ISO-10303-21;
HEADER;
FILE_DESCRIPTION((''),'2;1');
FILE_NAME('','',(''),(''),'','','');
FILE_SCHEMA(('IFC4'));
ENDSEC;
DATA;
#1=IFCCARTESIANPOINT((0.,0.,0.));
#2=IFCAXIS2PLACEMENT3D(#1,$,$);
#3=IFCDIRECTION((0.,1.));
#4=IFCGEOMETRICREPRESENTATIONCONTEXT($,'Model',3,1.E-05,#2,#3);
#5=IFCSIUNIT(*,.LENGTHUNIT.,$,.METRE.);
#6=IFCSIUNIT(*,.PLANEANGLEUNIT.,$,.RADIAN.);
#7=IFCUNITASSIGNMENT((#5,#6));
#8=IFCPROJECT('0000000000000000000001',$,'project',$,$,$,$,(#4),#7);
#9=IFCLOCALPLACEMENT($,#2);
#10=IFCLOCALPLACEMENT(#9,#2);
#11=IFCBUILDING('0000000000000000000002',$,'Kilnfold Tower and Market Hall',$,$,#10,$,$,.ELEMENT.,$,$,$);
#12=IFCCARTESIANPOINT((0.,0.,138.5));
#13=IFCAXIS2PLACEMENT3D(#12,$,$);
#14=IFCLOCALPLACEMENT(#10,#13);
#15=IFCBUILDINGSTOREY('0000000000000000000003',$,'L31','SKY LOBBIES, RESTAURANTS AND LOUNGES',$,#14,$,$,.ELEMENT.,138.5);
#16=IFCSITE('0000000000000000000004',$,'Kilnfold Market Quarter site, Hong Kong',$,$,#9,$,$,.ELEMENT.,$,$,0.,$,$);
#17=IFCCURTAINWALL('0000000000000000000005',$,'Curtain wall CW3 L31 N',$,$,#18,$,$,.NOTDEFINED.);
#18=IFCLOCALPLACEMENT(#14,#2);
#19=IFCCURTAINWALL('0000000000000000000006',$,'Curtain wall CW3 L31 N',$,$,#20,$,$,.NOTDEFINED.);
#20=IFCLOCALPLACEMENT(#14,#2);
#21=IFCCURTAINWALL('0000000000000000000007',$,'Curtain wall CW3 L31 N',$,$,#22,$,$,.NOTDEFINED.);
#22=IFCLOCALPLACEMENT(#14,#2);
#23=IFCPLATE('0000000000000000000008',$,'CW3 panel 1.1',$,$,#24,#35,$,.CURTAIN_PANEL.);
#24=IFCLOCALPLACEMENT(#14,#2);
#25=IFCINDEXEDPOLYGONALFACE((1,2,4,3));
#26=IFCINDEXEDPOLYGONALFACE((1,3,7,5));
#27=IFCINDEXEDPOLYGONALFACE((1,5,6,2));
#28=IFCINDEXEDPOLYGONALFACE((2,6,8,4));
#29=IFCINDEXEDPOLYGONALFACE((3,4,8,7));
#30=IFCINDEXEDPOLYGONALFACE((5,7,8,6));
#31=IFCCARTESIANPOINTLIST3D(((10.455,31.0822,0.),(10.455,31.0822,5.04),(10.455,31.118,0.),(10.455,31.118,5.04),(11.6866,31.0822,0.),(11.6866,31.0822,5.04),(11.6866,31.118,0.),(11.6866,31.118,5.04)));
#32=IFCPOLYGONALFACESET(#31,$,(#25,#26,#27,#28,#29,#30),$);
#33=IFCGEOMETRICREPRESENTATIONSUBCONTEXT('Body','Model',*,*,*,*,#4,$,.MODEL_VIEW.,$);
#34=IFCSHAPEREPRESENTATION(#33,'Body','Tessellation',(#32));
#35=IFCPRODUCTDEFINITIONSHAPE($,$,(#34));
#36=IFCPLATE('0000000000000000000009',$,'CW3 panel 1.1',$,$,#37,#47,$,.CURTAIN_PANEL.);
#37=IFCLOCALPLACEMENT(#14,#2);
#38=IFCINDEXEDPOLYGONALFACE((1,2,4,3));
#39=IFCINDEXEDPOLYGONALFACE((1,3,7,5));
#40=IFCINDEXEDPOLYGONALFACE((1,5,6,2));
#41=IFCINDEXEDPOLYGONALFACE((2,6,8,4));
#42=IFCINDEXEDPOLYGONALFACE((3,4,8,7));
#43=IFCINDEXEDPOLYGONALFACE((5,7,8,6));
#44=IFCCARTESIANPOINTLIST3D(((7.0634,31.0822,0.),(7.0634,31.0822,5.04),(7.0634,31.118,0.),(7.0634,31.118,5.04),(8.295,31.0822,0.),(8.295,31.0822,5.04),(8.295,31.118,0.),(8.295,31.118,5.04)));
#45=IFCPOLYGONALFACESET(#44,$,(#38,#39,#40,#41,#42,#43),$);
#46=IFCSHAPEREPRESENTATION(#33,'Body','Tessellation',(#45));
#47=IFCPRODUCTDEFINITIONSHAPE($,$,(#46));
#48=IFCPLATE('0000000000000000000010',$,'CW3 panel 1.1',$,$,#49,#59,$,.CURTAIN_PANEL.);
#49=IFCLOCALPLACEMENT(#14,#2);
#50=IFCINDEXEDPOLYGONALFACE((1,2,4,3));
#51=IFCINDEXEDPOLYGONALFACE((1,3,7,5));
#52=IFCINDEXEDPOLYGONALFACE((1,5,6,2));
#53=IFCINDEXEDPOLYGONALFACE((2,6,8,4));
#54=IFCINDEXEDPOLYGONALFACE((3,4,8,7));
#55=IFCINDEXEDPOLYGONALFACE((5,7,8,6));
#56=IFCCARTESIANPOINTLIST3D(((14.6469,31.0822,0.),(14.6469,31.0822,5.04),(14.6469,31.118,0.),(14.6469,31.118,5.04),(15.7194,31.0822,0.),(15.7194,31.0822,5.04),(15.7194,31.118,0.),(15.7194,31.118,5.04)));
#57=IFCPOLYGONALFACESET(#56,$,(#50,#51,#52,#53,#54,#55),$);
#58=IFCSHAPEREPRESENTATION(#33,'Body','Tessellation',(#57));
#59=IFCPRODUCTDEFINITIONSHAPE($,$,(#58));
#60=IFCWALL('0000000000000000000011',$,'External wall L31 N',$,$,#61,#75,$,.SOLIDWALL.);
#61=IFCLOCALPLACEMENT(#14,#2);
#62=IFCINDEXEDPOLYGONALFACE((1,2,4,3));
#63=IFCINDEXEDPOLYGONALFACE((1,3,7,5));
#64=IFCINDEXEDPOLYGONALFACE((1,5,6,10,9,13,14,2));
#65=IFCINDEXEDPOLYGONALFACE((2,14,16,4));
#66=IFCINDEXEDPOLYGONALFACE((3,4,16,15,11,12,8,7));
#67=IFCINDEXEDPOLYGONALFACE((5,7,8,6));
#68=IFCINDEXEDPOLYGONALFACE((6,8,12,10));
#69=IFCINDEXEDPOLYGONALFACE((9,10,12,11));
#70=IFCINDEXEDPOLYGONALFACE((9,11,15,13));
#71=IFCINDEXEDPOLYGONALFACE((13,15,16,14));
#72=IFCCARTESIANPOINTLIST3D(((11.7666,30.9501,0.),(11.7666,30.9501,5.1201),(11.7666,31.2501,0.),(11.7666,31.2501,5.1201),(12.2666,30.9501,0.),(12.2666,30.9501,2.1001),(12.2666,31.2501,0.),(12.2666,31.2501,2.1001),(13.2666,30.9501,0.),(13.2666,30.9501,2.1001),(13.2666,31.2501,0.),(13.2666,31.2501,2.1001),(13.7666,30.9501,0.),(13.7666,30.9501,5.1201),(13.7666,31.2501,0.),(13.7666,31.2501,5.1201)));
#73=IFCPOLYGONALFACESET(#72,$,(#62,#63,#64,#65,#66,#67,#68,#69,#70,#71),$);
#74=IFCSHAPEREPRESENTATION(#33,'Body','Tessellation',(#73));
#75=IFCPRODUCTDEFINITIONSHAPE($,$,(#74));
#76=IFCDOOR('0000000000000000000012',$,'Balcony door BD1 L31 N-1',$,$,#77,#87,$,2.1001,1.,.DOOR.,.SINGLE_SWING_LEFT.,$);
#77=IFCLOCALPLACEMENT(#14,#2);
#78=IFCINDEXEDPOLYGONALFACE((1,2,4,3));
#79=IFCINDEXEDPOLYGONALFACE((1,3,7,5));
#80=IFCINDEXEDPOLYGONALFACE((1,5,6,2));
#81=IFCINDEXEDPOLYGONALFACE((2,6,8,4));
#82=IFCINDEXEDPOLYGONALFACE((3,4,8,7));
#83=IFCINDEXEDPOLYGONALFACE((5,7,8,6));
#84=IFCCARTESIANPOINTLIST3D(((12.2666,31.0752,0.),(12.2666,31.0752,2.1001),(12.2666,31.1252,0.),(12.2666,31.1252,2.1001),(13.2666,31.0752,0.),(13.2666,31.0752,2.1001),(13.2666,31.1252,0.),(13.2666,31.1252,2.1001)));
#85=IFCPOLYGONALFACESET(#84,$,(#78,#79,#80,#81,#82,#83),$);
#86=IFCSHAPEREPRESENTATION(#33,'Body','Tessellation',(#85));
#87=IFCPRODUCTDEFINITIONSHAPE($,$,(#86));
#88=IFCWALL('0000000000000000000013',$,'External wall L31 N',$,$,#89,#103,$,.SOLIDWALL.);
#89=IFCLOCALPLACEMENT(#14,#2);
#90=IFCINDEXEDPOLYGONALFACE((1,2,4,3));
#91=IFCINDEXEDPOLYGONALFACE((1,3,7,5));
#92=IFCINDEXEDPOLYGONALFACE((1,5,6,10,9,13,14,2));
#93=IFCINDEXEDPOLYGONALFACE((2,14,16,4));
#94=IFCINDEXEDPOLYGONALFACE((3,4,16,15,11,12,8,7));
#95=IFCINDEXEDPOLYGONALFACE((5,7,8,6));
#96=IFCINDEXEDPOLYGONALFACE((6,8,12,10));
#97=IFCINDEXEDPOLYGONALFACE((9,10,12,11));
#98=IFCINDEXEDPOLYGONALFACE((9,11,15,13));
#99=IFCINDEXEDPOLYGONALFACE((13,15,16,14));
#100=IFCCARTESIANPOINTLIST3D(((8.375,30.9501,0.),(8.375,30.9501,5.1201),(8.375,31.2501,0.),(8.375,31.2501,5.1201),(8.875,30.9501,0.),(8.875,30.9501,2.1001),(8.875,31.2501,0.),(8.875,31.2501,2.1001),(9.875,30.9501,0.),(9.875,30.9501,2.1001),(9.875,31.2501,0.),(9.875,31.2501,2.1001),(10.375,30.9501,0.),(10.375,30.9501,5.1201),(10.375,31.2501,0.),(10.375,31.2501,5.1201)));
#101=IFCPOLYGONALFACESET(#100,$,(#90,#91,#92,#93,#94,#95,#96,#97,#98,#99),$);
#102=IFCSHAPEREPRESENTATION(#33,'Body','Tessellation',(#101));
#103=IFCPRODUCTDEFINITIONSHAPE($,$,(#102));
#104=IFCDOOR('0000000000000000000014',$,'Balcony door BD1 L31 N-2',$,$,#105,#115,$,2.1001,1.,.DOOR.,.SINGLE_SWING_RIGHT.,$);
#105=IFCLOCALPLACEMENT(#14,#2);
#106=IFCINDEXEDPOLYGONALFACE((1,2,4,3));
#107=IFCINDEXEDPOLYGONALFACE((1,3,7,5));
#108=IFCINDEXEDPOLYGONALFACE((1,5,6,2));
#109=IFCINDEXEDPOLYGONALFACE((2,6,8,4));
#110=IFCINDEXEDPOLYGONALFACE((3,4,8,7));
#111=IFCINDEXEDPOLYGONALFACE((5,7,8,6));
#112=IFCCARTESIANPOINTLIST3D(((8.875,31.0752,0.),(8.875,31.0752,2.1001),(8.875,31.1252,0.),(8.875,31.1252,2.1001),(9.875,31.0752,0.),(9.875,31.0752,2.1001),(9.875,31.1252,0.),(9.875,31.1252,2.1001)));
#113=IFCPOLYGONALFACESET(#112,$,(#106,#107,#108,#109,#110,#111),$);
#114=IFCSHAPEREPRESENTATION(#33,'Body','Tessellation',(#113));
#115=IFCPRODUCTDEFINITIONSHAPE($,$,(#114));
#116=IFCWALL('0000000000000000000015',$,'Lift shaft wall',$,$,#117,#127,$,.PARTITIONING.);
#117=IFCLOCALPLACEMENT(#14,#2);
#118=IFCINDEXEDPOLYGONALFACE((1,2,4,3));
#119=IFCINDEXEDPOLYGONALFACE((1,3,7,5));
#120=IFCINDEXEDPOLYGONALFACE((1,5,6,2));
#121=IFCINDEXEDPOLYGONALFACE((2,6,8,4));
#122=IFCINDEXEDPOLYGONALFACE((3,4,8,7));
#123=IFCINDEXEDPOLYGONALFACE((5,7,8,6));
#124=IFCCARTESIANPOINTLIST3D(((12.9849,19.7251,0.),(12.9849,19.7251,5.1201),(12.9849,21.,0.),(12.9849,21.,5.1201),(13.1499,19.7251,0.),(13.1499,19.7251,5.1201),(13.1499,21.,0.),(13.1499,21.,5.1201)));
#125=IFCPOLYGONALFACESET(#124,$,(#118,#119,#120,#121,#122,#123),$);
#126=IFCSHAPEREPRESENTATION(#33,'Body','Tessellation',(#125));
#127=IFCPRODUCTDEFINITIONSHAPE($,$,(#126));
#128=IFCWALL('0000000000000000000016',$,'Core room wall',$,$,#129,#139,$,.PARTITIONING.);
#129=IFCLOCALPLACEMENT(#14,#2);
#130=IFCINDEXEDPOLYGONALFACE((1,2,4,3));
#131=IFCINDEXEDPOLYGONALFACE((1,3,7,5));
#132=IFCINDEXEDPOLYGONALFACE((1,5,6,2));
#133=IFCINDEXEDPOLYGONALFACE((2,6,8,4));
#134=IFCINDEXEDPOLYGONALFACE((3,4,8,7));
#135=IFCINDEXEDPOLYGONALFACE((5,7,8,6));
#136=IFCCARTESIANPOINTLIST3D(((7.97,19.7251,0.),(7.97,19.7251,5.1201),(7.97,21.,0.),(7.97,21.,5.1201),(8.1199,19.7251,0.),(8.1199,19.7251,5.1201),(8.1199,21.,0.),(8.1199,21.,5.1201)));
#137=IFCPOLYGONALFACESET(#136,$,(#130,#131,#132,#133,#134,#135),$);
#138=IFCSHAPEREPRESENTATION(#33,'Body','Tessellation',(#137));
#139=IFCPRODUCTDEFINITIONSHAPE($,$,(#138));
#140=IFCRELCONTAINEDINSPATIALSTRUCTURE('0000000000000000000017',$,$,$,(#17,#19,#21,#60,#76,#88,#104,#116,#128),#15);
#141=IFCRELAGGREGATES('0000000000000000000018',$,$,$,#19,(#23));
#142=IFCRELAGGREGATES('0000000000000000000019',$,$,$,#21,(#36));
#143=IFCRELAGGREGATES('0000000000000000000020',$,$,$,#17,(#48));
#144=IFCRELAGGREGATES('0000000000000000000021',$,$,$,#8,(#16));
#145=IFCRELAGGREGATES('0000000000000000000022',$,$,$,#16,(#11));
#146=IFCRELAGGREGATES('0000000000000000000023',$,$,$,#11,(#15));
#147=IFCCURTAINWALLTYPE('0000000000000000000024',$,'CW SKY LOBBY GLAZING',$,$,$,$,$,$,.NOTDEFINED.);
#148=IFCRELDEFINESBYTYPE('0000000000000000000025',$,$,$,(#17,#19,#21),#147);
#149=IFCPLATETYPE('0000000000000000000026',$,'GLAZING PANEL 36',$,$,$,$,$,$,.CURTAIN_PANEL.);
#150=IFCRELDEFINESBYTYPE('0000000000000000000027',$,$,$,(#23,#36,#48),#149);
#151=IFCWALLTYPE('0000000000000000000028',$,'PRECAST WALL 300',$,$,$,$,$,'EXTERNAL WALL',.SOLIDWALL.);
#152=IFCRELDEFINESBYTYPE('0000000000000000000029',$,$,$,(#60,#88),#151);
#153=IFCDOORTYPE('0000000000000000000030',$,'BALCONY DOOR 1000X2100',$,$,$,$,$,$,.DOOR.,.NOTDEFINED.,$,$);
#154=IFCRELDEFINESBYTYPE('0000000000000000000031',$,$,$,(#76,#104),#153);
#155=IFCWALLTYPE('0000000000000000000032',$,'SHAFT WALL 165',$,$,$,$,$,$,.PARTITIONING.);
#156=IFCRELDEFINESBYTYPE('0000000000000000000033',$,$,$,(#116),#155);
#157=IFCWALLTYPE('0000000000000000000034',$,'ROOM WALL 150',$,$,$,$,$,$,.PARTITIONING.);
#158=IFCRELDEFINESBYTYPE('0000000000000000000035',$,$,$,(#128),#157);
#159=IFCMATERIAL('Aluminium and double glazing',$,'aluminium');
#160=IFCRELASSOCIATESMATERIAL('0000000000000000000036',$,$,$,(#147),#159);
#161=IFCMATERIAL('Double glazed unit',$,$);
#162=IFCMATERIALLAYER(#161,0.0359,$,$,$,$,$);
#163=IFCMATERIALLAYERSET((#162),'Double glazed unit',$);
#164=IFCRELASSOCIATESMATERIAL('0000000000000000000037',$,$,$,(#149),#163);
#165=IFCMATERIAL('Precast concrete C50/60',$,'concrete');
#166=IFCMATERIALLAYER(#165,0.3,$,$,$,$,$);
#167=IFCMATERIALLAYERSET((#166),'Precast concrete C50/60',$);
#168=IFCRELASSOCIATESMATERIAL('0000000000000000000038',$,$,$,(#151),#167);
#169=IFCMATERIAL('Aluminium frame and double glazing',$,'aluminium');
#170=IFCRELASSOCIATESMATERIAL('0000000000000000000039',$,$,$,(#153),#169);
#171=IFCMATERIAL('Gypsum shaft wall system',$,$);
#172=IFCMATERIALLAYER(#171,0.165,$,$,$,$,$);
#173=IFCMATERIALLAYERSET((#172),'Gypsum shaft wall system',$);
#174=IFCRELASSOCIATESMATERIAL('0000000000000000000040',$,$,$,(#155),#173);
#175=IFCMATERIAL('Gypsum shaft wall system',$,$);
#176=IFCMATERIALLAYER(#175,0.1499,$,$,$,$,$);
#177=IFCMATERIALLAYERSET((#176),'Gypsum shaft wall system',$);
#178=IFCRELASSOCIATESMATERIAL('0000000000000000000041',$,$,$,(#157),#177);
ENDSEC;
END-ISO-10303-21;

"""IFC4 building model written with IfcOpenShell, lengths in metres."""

from ifc_helpers import new_model, si_unit, direction, frame, frame_2d, origin, origin_2d, place, context, subcontext, project, spatial, rectangle, extrude, source, transform, mapped, material, layer, layer_set, type_object, element, fill, aggregate, save


model = new_model("IFC4")

# Units and contexts
model_context = context("Model", 3, precision=1e-05, world=origin(), true_north=direction((0.0, 1.0)))
body_context = subcontext(model_context, "Body", "Model", "MODEL_VIEW")
ifc_project = project(units=[si_unit("LENGTHUNIT", "METRE"), si_unit("PLANEANGLEUNIT", "RADIAN")], contexts=[model_context])

# Site, building, storey
site_placement = place(None, origin())
site = spatial("IfcSite", under=ifc_project, at=site_placement, Name="Kilnfold Market Quarter site, Hong Kong", CompositionType="ELEMENT", RefElevation=0.0)
building_placement = place(site_placement, origin())
building = spatial("IfcBuilding", under=site, at=building_placement, Name="Kilnfold Tower and Market Hall", CompositionType="ELEMENT")
storey_placement = place(building_placement, frame((0.0, 0.0, 138.5)))
storey = spatial("IfcBuildingStorey", under=building, at=storey_placement, Name="L31", Description="SKY LOBBIES, RESTAURANTS AND LOUNGES", CompositionType="ELEMENT", Elevation=138.5)

# Curtain wall
ifc_material_1 = material(Name="Aluminium and double glazing", Category="aluminium")
curtain_wall_type = type_object("IfcCurtainWallType", Name="CW SKY LOBBY GLAZING", PredefinedType="NOTDEFINED", material=ifc_material_1)
curtain_wall_1_placement = place(storey_placement, origin())
curtain_wall_1 = element("IfcCurtainWall", 1, at=curtain_wall_1_placement, inside=storey, type_object=curtain_wall_type, Name="Curtain wall CW3 L31 N", PredefinedType="NOTDEFINED")

# Curtain wall
curtain_wall_2_placement = place(storey_placement, origin())
curtain_wall_2 = element("IfcCurtainWall", 2, at=curtain_wall_2_placement, inside=storey, type_object=curtain_wall_type, Name="Curtain wall CW3 L31 N", PredefinedType="NOTDEFINED")

# Curtain wall
curtain_wall_3_placement = place(storey_placement, origin())
curtain_wall_3 = element("IfcCurtainWall", 3, at=curtain_wall_3_placement, inside=storey, type_object=curtain_wall_type, Name="Curtain wall CW3 L31 N", PredefinedType="NOTDEFINED")

# Plates
ifc_material_2 = material(Name="Double glazed unit")
ifc_layer_1 = layer(ifc_material_2, 0.0359)
ifc_layer_set_1 = layer_set([ifc_layer_1], Name="Double glazed unit")
plate_type = type_object("IfcPlateType", Name="GLAZING PANEL 36", PredefinedType="CURTAIN_PANEL", material=ifc_layer_set_1)
shared_shape_1 = source(origin(), body_context, "Body", "SweptSolid", [
    extrude(rectangle(XDim=1.2317, YDim=0.0359, at=origin_2d()), origin(), (0.0, 0.0, 1.0), 5.04),
])
plate_1_placement = place(storey_placement, frame((11.0708, 31.1001, 0.0), z_axis=(0.0, 0.0, 1.0), x_axis=(-1.0, 0.0, 0.0)))
plate_1 = element("IfcPlate", 4, at=plate_1_placement, type_object=plate_type, Name="CW3 panel 1.1", PredefinedType="CURTAIN_PANEL", context=body_context, shape_type="MappedRepresentation", body=[
    mapped(shared_shape_1, transform((0.0, 0.0, 0.0))),
])
aggregate(curtain_wall_2, [plate_1])
plate_2_placement = place(storey_placement, frame((7.6792, 31.1001, 0.0), z_axis=(0.0, 0.0, 1.0), x_axis=(-1.0, 0.0, 0.0)))
plate_2 = element("IfcPlate", 5, at=plate_2_placement, type_object=plate_type, Name="CW3 panel 1.1", PredefinedType="CURTAIN_PANEL", context=body_context, shape_type="MappedRepresentation", body=[
    mapped(shared_shape_1, transform((0.0, 0.0, 0.0))),
])
aggregate(curtain_wall_3, [plate_2])
shared_shape_2 = source(origin(), body_context, "Body", "SweptSolid", [
    extrude(rectangle(XDim=1.0725, YDim=0.0359, at=origin_2d()), origin(), (0.0, 0.0, 1.0), 5.04),
])
plate_3_placement = place(storey_placement, frame((15.1831, 31.1001, 0.0), z_axis=(0.0, 0.0, 1.0), x_axis=(-1.0, 0.0, 0.0)))
plate_3 = element("IfcPlate", 6, at=plate_3_placement, type_object=plate_type, Name="CW3 panel 1.1", PredefinedType="CURTAIN_PANEL", context=body_context, shape_type="MappedRepresentation", body=[
    mapped(shared_shape_2, transform((0.0, 0.0, 0.0))),
])
aggregate(curtain_wall_1, [plate_3])

# Walls, openings, doors
ifc_material_3 = material(Name="Precast concrete C50/60", Category="concrete")
ifc_layer_2 = layer(ifc_material_3, 0.3)
ifc_layer_set_2 = layer_set([ifc_layer_2], Name="Precast concrete C50/60")
wall_type_1 = type_object("IfcWallType", Name="PRECAST WALL 300", ElementType="EXTERNAL WALL", PredefinedType="SOLIDWALL", material=ifc_layer_set_2)
shared_shape_3 = source(origin(), body_context, "Body", "SweptSolid", [
    extrude(rectangle(XDim=2.0, YDim=0.3, at=frame_2d((1.0, 0.0))), origin(), (0.0, 0.0, 1.0), 5.1201),
])
wall_1_placement = place(storey_placement, frame((13.7666, 31.1001, 0.0), z_axis=(0.0, 0.0, 1.0), x_axis=(-1.0, 0.0, 0.0)))
wall_1 = element("IfcWall", 7, at=wall_1_placement, inside=storey, type_object=wall_type_1, Name="External wall L31 N", PredefinedType="SOLIDWALL", context=body_context, shape_type="MappedRepresentation", body=[
    mapped(shared_shape_3, transform((0.0, 0.0, 0.0))),
])
opening_1_placement = place(wall_1_placement, frame((0.5, 0.0, 0.0)))
opening_1 = element("IfcOpeningElement", 8, at=opening_1_placement, cuts=wall_1, PredefinedType="OPENING", context=body_context, shape_type="SweptSolid", body=[
    extrude(rectangle(XDim=1.0, YDim=2.1001, at=frame_2d((0.5, 1.05))), frame((0.0, 0.1602, 0.0), z_axis=(0.0, -1.0, 0.0), x_axis=(1.0, 0.0, 0.0)), (0.0, 0.0, 1.0), 0.3201),
])
ifc_material_4 = material(Name="Aluminium frame and double glazing", Category="aluminium")
door_type = type_object("IfcDoorType", Name="BALCONY DOOR 1000X2100", OperationType="NOTDEFINED", PredefinedType="DOOR", material=ifc_material_4)
door_1_placement = place(opening_1_placement, origin())
door_1 = element("IfcDoor", 9, at=door_1_placement, inside=storey, type_object=door_type, Name="Balcony door BD1 L31 N-1", OperationType="SINGLE_SWING_LEFT", OverallHeight=2.1001, OverallWidth=1.0, PredefinedType="DOOR", context=body_context, shape_type="SweptSolid", body=[
    extrude(rectangle(XDim=1.0, YDim=2.1001, at=frame_2d((0.5, 1.05))), frame((0.0, 0.0249, 0.0), z_axis=(0.0, -1.0, 0.0), x_axis=(1.0, 0.0, 0.0)), (0.0, 0.0, 1.0), 0.05),
])
fill(opening_1, door_1)
wall_2_placement = place(storey_placement, frame((10.375, 31.1001, 0.0), z_axis=(0.0, 0.0, 1.0), x_axis=(-1.0, 0.0, 0.0)))
wall_2 = element("IfcWall", 10, at=wall_2_placement, inside=storey, type_object=wall_type_1, Name="External wall L31 N", PredefinedType="SOLIDWALL", context=body_context, shape_type="MappedRepresentation", body=[
    mapped(shared_shape_3, transform((0.0, 0.0, 0.0))),
])
opening_2_placement = place(wall_2_placement, frame((0.5, 0.0, 0.0)))
opening_2 = element("IfcOpeningElement", 11, at=opening_2_placement, cuts=wall_2, PredefinedType="OPENING", context=body_context, shape_type="SweptSolid", body=[
    extrude(rectangle(XDim=1.0, YDim=2.1001, at=frame_2d((0.5, 1.05))), frame((0.0, 0.1602, 0.0), z_axis=(0.0, -1.0, 0.0), x_axis=(1.0, 0.0, 0.0)), (0.0, 0.0, 1.0), 0.3201),
])
door_2_placement = place(opening_2_placement, origin())
door_2 = element("IfcDoor", 12, at=door_2_placement, inside=storey, type_object=door_type, Name="Balcony door BD1 L31 N-2", OperationType="SINGLE_SWING_RIGHT", OverallHeight=2.1001, OverallWidth=1.0, PredefinedType="DOOR", context=body_context, shape_type="SweptSolid", body=[
    extrude(rectangle(XDim=1.0, YDim=2.1001, at=frame_2d((0.5, 1.05))), frame((0.0, 0.0249, 0.0), z_axis=(0.0, -1.0, 0.0), x_axis=(1.0, 0.0, 0.0)), (0.0, 0.0, 1.0), 0.05),
])
fill(opening_2, door_2)

# Walls
ifc_material_5 = material(Name="Gypsum shaft wall system")
ifc_layer_3 = layer(ifc_material_5, 0.165)
ifc_layer_set_3 = layer_set([ifc_layer_3], Name="Gypsum shaft wall system")
wall_type_2 = type_object("IfcWallType", Name="SHAFT WALL 165", PredefinedType="PARTITIONING", material=ifc_layer_set_3)
shared_shape_4 = source(origin(), body_context, "Body", "SweptSolid", [
    extrude(rectangle(XDim=1.2749, YDim=0.165, at=frame_2d((0.6375, 0.0))), origin(), (0.0, 0.0, 1.0), 5.1201),
])
wall_3_placement = place(storey_placement, frame((13.0674, 19.7251, 0.0), z_axis=(0.0, 0.0, 1.0), x_axis=(0.0, 1.0, 0.0)))
element("IfcWall", 13, at=wall_3_placement, inside=storey, type_object=wall_type_2, Name="Lift shaft wall", PredefinedType="PARTITIONING", context=body_context, shape_type="MappedRepresentation", body=[
    mapped(shared_shape_4, transform((0.0, 0.0, 0.0))),
])
ifc_material_6 = material(Name="Gypsum shaft wall system")
ifc_layer_4 = layer(ifc_material_6, 0.1499)
ifc_layer_set_4 = layer_set([ifc_layer_4], Name="Gypsum shaft wall system")
wall_type_3 = type_object("IfcWallType", Name="ROOM WALL 150", PredefinedType="PARTITIONING", material=ifc_layer_set_4)
shared_shape_5 = source(origin(), body_context, "Body", "SweptSolid", [
    extrude(rectangle(XDim=1.2749, YDim=0.1499, at=frame_2d((0.6375, 0.0))), origin(), (0.0, 0.0, 1.0), 5.1201),
])
wall_4_placement = place(storey_placement, frame((8.0449, 19.7251, 0.0), z_axis=(0.0, 0.0, 1.0), x_axis=(0.0, 1.0, 0.0)))
element("IfcWall", 14, at=wall_4_placement, inside=storey, type_object=wall_type_3, Name="Core room wall", PredefinedType="PARTITIONING", context=body_context, shape_type="MappedRepresentation", body=[
    mapped(shared_shape_5, transform((0.0, 0.0, 0.0))),
])

save(model, "model.ifc")
